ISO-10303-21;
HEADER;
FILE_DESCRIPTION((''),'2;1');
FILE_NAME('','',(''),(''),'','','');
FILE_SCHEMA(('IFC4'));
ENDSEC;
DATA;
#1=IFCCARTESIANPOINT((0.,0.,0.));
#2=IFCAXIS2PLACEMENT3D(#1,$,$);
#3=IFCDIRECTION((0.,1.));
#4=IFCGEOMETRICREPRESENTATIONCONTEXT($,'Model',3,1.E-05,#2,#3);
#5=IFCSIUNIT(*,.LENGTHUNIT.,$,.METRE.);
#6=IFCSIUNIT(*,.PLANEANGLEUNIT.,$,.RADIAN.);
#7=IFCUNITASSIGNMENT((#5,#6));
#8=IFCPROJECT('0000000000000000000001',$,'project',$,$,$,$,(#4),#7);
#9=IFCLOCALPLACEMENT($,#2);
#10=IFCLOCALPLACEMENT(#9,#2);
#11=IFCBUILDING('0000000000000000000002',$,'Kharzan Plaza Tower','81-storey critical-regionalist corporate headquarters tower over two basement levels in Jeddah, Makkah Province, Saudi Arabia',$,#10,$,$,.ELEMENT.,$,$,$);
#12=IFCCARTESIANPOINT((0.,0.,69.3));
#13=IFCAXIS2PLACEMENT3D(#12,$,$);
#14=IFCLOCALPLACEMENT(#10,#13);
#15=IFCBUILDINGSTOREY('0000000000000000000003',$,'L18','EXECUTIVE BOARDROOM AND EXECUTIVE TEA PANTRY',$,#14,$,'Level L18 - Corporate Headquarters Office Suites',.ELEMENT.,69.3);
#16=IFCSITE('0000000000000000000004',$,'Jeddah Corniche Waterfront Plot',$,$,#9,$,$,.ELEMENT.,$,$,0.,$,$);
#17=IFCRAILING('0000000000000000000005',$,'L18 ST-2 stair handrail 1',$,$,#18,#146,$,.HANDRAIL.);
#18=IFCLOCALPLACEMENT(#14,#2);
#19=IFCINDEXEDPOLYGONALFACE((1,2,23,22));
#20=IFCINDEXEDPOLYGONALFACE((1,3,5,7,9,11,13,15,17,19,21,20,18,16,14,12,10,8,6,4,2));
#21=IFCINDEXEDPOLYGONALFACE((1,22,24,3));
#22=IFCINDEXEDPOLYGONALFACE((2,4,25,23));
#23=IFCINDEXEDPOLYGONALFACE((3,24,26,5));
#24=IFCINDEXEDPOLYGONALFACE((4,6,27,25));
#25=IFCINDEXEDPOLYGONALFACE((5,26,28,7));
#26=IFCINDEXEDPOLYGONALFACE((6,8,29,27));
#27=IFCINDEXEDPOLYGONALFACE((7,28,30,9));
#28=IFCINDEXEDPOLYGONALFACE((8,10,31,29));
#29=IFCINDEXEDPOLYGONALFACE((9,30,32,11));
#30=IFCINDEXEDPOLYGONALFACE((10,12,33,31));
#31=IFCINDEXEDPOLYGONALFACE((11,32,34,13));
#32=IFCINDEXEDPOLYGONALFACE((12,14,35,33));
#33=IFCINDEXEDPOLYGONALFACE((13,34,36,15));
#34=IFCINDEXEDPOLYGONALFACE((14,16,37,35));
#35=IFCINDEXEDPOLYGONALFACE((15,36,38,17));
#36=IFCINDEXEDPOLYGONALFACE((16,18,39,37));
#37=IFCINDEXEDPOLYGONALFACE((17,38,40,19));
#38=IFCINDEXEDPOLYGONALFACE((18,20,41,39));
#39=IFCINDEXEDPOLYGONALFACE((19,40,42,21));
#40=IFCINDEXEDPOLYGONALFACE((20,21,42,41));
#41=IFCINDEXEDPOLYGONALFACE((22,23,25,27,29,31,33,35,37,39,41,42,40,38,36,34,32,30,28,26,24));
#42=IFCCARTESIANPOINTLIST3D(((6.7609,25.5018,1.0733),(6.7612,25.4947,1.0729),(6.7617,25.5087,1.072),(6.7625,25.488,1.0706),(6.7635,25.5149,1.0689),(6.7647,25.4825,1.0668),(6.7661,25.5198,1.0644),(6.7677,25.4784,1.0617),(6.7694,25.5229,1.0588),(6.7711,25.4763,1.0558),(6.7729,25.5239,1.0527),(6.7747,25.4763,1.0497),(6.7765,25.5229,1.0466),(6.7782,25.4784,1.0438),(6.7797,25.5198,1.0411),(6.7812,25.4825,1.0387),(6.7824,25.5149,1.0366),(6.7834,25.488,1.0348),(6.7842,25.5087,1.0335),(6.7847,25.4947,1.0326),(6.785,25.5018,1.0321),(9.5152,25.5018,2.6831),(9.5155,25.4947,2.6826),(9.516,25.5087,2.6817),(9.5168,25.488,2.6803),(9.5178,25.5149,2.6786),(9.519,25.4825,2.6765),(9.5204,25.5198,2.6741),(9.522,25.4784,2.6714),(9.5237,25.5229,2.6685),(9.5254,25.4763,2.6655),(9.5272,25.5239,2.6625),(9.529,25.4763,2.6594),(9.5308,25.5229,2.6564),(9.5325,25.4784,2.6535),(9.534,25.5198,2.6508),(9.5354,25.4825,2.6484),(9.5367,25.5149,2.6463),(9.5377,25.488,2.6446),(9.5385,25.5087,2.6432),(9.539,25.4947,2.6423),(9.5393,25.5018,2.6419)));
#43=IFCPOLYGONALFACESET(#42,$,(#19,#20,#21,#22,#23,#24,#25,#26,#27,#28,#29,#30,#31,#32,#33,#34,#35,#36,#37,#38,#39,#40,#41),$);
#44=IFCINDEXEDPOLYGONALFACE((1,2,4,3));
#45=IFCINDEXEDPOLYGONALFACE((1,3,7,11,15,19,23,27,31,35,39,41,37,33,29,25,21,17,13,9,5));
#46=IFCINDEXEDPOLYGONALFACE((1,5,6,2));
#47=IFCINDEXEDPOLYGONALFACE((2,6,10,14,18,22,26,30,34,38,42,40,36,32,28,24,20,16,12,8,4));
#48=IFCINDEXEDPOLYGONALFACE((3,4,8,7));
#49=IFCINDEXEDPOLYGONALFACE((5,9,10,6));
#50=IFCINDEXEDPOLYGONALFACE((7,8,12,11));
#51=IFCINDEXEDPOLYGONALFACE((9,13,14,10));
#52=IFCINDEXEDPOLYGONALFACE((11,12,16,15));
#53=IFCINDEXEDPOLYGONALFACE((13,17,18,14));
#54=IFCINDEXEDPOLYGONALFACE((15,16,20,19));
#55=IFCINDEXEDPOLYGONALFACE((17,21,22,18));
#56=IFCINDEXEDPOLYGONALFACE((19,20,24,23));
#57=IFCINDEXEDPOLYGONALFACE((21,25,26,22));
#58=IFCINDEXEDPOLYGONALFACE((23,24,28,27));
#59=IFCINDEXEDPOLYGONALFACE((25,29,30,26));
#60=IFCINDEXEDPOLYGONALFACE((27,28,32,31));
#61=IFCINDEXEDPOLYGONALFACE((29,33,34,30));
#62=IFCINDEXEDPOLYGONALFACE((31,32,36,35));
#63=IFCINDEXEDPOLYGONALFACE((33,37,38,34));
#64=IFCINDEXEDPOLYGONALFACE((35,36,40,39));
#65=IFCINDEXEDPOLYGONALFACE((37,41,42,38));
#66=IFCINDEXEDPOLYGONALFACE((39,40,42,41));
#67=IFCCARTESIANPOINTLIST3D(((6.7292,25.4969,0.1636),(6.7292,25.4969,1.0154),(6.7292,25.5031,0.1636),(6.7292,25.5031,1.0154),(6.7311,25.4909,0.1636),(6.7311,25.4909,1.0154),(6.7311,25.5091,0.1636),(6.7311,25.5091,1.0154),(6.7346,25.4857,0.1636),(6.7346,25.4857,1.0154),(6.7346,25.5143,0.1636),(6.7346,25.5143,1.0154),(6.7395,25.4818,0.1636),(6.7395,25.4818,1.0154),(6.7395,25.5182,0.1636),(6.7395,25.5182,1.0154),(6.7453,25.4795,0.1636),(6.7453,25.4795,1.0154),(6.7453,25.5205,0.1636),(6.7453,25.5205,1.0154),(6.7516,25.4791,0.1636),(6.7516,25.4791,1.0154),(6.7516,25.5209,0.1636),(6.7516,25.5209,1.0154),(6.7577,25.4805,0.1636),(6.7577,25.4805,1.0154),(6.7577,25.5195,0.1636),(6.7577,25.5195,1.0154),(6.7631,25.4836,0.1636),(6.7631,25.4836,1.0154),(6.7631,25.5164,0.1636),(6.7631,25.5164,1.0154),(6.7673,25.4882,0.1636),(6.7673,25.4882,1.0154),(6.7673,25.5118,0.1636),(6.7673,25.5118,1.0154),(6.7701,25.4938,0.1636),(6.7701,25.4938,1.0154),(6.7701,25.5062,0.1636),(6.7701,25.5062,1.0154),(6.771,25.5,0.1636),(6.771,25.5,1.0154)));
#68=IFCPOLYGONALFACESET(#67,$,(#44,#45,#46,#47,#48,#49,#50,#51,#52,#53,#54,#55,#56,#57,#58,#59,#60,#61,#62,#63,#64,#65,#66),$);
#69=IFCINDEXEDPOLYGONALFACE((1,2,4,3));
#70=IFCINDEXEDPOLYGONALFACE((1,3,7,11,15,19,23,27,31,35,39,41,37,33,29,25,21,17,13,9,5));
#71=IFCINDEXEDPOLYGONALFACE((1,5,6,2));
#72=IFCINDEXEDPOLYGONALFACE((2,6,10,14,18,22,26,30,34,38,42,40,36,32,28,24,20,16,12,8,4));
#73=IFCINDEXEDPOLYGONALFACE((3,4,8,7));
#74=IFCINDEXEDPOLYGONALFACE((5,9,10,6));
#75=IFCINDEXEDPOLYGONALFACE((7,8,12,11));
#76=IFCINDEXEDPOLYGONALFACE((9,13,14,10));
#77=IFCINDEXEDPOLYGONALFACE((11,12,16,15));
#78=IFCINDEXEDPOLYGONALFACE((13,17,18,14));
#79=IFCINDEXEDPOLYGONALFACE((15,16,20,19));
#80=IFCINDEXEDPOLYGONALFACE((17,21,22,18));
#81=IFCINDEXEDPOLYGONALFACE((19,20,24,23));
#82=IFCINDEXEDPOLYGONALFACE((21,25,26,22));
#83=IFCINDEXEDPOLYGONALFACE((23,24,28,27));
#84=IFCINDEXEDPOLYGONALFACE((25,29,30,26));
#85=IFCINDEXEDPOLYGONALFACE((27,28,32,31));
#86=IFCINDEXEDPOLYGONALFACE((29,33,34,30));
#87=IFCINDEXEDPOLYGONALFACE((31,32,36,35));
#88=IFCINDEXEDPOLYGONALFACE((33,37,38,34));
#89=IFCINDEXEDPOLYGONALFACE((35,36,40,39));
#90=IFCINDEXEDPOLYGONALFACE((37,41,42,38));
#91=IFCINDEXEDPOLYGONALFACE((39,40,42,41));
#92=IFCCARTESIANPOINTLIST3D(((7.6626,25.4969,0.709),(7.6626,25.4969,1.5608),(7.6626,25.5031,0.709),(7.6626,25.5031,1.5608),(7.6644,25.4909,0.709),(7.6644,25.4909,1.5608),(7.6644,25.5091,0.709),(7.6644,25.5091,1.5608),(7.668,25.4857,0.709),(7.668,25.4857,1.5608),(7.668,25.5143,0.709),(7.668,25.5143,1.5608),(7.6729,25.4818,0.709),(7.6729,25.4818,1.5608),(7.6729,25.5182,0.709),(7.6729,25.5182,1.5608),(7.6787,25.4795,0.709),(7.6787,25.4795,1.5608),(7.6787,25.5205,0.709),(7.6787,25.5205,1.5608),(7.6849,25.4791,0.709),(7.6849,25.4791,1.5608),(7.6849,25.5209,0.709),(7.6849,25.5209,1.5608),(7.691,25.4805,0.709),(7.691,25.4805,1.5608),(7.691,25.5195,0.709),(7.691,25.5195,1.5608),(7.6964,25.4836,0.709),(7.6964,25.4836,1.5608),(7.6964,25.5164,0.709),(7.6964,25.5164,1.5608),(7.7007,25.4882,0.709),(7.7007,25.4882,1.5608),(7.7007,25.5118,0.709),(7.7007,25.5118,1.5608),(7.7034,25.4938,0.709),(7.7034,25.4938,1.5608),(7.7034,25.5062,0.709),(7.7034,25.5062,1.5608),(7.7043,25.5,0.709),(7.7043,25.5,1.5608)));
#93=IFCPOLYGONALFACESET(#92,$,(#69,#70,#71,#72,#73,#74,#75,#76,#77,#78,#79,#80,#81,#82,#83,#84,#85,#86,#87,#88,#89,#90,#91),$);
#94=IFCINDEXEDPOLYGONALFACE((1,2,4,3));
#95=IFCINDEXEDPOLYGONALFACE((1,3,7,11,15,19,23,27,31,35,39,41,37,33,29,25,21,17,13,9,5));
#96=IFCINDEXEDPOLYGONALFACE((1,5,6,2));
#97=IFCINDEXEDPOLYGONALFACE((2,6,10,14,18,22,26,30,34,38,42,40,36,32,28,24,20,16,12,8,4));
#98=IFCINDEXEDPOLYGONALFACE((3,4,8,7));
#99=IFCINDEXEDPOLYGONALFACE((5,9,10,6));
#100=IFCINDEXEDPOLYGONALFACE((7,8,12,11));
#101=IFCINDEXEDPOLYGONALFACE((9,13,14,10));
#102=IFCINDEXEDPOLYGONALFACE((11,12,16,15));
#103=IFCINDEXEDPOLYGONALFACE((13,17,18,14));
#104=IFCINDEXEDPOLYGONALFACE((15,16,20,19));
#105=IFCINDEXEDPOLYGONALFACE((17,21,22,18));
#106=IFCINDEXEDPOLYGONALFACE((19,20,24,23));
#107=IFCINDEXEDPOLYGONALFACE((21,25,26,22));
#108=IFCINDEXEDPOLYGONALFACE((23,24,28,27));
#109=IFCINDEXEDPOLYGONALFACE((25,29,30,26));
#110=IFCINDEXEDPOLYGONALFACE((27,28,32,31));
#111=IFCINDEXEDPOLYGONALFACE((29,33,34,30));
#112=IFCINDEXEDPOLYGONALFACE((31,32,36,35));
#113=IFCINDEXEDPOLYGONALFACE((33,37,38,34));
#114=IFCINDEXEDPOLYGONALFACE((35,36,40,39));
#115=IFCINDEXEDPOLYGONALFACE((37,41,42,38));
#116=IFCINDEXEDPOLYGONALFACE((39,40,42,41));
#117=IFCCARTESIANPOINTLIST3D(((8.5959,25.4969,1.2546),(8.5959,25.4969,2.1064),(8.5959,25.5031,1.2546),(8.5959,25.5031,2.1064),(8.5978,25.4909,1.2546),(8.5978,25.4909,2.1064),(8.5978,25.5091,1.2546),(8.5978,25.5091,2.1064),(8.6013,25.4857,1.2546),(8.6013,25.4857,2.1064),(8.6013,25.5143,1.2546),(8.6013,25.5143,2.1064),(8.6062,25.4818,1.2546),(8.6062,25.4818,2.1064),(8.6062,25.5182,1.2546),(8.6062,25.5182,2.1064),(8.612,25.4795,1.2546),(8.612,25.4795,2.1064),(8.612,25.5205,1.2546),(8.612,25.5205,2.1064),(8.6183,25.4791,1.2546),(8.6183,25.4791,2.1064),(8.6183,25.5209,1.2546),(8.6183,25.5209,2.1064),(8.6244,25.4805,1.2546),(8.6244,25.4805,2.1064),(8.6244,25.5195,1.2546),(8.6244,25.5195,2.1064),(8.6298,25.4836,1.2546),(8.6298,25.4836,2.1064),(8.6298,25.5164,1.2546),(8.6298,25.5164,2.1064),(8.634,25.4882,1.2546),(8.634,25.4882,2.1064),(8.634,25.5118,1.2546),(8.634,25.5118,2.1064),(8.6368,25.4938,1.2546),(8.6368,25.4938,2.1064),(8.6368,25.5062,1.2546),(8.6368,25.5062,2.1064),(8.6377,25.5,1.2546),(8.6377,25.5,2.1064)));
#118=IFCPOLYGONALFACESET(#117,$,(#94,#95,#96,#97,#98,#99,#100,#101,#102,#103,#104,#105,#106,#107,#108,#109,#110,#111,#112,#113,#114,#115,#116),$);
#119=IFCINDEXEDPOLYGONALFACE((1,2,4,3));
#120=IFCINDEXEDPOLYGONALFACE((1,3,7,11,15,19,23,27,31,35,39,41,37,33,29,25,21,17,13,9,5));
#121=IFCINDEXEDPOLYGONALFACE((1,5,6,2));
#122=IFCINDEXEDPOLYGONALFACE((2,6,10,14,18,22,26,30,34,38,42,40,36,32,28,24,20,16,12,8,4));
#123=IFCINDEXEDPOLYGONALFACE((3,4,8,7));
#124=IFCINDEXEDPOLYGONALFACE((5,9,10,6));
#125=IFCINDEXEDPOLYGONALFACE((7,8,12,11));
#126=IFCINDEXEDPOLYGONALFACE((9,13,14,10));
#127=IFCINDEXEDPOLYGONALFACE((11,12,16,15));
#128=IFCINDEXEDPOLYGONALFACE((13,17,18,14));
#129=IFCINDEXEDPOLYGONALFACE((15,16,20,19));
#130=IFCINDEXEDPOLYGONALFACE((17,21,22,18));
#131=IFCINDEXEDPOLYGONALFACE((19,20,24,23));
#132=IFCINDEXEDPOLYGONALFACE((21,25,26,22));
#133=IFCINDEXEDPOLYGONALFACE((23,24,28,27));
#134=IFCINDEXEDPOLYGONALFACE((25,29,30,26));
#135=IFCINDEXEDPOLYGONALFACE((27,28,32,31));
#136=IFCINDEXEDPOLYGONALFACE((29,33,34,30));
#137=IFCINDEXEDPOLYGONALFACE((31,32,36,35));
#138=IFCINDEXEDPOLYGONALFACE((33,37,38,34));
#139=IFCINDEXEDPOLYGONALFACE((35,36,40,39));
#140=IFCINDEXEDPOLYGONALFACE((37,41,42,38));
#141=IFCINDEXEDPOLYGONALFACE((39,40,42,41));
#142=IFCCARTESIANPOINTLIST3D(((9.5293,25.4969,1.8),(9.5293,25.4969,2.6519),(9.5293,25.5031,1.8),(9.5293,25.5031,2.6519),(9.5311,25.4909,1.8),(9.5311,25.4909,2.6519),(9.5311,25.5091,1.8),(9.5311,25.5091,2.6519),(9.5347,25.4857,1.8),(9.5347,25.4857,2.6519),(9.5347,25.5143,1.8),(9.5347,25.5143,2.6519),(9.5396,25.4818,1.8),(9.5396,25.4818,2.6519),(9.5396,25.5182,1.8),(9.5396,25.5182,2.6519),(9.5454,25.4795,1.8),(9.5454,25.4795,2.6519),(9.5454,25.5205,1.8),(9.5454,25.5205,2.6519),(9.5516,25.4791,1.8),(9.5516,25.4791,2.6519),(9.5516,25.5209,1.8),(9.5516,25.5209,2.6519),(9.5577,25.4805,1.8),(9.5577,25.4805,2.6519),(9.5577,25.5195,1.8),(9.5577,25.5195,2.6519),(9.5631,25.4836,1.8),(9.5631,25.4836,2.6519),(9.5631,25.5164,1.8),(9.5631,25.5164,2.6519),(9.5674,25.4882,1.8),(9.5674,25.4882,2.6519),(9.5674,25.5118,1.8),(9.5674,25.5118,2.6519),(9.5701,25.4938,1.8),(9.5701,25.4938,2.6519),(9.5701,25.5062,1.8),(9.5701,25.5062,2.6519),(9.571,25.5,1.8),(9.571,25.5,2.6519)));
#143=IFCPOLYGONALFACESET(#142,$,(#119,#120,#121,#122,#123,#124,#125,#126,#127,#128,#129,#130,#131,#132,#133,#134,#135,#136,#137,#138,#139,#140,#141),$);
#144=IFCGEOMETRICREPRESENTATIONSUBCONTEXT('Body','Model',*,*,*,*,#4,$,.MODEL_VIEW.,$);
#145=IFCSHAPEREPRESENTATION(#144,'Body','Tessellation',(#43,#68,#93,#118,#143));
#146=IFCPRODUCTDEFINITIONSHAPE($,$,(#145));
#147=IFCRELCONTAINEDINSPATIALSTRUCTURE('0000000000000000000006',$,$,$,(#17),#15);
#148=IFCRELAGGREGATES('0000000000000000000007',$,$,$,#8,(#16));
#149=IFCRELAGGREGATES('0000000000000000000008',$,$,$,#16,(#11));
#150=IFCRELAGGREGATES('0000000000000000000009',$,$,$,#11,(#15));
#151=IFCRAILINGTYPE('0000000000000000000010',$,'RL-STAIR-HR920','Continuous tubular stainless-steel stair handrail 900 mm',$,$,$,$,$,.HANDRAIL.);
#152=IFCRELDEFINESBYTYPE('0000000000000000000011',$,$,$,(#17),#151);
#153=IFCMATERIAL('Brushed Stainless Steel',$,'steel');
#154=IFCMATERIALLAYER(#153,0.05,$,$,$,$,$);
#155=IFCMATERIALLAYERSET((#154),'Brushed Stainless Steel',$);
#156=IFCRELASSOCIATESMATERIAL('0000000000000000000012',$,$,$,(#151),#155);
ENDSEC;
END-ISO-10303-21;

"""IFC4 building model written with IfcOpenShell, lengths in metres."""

from ifc_helpers import new_model, si_unit, direction, frame, origin, origin_2d, place, context, subcontext, project, spatial, circle, extrude, source, transform, mapped, material, layer, layer_set, type_object, element, save


model = new_model("IFC4")

# Units and contexts
model_context = context("Model", 3, precision=1e-05, world=origin(), true_north=direction((0.0, 1.0)))
body_context = subcontext(model_context, "Body", "Model", "MODEL_VIEW")
ifc_project = project(units=[si_unit("LENGTHUNIT", "METRE"), si_unit("PLANEANGLEUNIT", "RADIAN")], contexts=[model_context])

# Site, building, storey
site_placement = place(None, origin())
site = spatial("IfcSite", under=ifc_project, at=site_placement, Name="Jeddah Corniche Waterfront Plot", CompositionType="ELEMENT", RefElevation=0.0)
building_placement = place(site_placement, origin())
building = spatial("IfcBuilding", under=site, at=building_placement, Name="Kharzan Plaza Tower", Description="81-storey critical-regionalist corporate headquarters tower over two basement levels in Jeddah, Makkah Province, Saudi Arabia", CompositionType="ELEMENT")
storey_placement = place(building_placement, frame((0.0, 0.0, 69.3)))
storey = spatial("IfcBuildingStorey", under=building, at=storey_placement, Name="L18", Description="EXECUTIVE BOARDROOM AND EXECUTIVE TEA PANTRY", LongName="Level L18 - Corporate Headquarters Office Suites", CompositionType="ELEMENT", Elevation=69.3)

# Shared definitions
ifc_material_1 = material(Name="Brushed Stainless Steel", Category="steel")

# Railing
ifc_layer_1 = layer(ifc_material_1, 0.05)
ifc_layer_set_1 = layer_set([ifc_layer_1], Name="Brushed Stainless Steel")
railing_type_1 = type_object("IfcRailingType", Name="RL-STAIR-HR920", Description="Continuous tubular stainless-steel stair handrail 900 mm", PredefinedType="HANDRAIL", material=ifc_layer_set_1)
shared_shape_1 = source(origin(), body_context, "Body", "SweptSolid", [
    extrude(circle(Radius=0.0239, at=origin_2d()), frame((0.0229, 0.0, 0.8892), z_axis=(0.863361, 0.0, 0.504587), x_axis=(0.0, 1.0, 0.0)), (0.0, 0.0, 1.0), 3.1902),
    extrude(circle(Radius=0.021, at=origin_2d()), origin(), (0.0, 0.0, 1.0), 0.8518),
    extrude(circle(Radius=0.021, at=origin_2d()), frame((0.9333, 0.0, 0.5454)), (0.0, 0.0, 1.0), 0.8518),
    extrude(circle(Radius=0.021, at=origin_2d()), frame((1.8667, 0.0, 1.0911)), (0.0, 0.0, 1.0), 0.8518),
    extrude(circle(Radius=0.021, at=origin_2d()), frame((2.8, 0.0, 1.6365)), (0.0, 0.0, 1.0), 0.8518),
])
railing_1_placement = place(storey_placement, frame((6.75, 25.5, 0.1636)))
element("IfcRailing", 1, at=railing_1_placement, inside=storey, type_object=railing_type_1, Name="L18 ST-2 stair handrail 1", PredefinedType="HANDRAIL", context=body_context, shape_type="MappedRepresentation", body=[
    mapped(shared_shape_1, transform((0.0, 0.0, 0.0), x_axis=(1.0, 0.0, 0.0), y_axis=(0.0, 1.0, 0.0), z_axis=(0.0, 0.0, 1.0))),
])

save(model, "model.ifc")
